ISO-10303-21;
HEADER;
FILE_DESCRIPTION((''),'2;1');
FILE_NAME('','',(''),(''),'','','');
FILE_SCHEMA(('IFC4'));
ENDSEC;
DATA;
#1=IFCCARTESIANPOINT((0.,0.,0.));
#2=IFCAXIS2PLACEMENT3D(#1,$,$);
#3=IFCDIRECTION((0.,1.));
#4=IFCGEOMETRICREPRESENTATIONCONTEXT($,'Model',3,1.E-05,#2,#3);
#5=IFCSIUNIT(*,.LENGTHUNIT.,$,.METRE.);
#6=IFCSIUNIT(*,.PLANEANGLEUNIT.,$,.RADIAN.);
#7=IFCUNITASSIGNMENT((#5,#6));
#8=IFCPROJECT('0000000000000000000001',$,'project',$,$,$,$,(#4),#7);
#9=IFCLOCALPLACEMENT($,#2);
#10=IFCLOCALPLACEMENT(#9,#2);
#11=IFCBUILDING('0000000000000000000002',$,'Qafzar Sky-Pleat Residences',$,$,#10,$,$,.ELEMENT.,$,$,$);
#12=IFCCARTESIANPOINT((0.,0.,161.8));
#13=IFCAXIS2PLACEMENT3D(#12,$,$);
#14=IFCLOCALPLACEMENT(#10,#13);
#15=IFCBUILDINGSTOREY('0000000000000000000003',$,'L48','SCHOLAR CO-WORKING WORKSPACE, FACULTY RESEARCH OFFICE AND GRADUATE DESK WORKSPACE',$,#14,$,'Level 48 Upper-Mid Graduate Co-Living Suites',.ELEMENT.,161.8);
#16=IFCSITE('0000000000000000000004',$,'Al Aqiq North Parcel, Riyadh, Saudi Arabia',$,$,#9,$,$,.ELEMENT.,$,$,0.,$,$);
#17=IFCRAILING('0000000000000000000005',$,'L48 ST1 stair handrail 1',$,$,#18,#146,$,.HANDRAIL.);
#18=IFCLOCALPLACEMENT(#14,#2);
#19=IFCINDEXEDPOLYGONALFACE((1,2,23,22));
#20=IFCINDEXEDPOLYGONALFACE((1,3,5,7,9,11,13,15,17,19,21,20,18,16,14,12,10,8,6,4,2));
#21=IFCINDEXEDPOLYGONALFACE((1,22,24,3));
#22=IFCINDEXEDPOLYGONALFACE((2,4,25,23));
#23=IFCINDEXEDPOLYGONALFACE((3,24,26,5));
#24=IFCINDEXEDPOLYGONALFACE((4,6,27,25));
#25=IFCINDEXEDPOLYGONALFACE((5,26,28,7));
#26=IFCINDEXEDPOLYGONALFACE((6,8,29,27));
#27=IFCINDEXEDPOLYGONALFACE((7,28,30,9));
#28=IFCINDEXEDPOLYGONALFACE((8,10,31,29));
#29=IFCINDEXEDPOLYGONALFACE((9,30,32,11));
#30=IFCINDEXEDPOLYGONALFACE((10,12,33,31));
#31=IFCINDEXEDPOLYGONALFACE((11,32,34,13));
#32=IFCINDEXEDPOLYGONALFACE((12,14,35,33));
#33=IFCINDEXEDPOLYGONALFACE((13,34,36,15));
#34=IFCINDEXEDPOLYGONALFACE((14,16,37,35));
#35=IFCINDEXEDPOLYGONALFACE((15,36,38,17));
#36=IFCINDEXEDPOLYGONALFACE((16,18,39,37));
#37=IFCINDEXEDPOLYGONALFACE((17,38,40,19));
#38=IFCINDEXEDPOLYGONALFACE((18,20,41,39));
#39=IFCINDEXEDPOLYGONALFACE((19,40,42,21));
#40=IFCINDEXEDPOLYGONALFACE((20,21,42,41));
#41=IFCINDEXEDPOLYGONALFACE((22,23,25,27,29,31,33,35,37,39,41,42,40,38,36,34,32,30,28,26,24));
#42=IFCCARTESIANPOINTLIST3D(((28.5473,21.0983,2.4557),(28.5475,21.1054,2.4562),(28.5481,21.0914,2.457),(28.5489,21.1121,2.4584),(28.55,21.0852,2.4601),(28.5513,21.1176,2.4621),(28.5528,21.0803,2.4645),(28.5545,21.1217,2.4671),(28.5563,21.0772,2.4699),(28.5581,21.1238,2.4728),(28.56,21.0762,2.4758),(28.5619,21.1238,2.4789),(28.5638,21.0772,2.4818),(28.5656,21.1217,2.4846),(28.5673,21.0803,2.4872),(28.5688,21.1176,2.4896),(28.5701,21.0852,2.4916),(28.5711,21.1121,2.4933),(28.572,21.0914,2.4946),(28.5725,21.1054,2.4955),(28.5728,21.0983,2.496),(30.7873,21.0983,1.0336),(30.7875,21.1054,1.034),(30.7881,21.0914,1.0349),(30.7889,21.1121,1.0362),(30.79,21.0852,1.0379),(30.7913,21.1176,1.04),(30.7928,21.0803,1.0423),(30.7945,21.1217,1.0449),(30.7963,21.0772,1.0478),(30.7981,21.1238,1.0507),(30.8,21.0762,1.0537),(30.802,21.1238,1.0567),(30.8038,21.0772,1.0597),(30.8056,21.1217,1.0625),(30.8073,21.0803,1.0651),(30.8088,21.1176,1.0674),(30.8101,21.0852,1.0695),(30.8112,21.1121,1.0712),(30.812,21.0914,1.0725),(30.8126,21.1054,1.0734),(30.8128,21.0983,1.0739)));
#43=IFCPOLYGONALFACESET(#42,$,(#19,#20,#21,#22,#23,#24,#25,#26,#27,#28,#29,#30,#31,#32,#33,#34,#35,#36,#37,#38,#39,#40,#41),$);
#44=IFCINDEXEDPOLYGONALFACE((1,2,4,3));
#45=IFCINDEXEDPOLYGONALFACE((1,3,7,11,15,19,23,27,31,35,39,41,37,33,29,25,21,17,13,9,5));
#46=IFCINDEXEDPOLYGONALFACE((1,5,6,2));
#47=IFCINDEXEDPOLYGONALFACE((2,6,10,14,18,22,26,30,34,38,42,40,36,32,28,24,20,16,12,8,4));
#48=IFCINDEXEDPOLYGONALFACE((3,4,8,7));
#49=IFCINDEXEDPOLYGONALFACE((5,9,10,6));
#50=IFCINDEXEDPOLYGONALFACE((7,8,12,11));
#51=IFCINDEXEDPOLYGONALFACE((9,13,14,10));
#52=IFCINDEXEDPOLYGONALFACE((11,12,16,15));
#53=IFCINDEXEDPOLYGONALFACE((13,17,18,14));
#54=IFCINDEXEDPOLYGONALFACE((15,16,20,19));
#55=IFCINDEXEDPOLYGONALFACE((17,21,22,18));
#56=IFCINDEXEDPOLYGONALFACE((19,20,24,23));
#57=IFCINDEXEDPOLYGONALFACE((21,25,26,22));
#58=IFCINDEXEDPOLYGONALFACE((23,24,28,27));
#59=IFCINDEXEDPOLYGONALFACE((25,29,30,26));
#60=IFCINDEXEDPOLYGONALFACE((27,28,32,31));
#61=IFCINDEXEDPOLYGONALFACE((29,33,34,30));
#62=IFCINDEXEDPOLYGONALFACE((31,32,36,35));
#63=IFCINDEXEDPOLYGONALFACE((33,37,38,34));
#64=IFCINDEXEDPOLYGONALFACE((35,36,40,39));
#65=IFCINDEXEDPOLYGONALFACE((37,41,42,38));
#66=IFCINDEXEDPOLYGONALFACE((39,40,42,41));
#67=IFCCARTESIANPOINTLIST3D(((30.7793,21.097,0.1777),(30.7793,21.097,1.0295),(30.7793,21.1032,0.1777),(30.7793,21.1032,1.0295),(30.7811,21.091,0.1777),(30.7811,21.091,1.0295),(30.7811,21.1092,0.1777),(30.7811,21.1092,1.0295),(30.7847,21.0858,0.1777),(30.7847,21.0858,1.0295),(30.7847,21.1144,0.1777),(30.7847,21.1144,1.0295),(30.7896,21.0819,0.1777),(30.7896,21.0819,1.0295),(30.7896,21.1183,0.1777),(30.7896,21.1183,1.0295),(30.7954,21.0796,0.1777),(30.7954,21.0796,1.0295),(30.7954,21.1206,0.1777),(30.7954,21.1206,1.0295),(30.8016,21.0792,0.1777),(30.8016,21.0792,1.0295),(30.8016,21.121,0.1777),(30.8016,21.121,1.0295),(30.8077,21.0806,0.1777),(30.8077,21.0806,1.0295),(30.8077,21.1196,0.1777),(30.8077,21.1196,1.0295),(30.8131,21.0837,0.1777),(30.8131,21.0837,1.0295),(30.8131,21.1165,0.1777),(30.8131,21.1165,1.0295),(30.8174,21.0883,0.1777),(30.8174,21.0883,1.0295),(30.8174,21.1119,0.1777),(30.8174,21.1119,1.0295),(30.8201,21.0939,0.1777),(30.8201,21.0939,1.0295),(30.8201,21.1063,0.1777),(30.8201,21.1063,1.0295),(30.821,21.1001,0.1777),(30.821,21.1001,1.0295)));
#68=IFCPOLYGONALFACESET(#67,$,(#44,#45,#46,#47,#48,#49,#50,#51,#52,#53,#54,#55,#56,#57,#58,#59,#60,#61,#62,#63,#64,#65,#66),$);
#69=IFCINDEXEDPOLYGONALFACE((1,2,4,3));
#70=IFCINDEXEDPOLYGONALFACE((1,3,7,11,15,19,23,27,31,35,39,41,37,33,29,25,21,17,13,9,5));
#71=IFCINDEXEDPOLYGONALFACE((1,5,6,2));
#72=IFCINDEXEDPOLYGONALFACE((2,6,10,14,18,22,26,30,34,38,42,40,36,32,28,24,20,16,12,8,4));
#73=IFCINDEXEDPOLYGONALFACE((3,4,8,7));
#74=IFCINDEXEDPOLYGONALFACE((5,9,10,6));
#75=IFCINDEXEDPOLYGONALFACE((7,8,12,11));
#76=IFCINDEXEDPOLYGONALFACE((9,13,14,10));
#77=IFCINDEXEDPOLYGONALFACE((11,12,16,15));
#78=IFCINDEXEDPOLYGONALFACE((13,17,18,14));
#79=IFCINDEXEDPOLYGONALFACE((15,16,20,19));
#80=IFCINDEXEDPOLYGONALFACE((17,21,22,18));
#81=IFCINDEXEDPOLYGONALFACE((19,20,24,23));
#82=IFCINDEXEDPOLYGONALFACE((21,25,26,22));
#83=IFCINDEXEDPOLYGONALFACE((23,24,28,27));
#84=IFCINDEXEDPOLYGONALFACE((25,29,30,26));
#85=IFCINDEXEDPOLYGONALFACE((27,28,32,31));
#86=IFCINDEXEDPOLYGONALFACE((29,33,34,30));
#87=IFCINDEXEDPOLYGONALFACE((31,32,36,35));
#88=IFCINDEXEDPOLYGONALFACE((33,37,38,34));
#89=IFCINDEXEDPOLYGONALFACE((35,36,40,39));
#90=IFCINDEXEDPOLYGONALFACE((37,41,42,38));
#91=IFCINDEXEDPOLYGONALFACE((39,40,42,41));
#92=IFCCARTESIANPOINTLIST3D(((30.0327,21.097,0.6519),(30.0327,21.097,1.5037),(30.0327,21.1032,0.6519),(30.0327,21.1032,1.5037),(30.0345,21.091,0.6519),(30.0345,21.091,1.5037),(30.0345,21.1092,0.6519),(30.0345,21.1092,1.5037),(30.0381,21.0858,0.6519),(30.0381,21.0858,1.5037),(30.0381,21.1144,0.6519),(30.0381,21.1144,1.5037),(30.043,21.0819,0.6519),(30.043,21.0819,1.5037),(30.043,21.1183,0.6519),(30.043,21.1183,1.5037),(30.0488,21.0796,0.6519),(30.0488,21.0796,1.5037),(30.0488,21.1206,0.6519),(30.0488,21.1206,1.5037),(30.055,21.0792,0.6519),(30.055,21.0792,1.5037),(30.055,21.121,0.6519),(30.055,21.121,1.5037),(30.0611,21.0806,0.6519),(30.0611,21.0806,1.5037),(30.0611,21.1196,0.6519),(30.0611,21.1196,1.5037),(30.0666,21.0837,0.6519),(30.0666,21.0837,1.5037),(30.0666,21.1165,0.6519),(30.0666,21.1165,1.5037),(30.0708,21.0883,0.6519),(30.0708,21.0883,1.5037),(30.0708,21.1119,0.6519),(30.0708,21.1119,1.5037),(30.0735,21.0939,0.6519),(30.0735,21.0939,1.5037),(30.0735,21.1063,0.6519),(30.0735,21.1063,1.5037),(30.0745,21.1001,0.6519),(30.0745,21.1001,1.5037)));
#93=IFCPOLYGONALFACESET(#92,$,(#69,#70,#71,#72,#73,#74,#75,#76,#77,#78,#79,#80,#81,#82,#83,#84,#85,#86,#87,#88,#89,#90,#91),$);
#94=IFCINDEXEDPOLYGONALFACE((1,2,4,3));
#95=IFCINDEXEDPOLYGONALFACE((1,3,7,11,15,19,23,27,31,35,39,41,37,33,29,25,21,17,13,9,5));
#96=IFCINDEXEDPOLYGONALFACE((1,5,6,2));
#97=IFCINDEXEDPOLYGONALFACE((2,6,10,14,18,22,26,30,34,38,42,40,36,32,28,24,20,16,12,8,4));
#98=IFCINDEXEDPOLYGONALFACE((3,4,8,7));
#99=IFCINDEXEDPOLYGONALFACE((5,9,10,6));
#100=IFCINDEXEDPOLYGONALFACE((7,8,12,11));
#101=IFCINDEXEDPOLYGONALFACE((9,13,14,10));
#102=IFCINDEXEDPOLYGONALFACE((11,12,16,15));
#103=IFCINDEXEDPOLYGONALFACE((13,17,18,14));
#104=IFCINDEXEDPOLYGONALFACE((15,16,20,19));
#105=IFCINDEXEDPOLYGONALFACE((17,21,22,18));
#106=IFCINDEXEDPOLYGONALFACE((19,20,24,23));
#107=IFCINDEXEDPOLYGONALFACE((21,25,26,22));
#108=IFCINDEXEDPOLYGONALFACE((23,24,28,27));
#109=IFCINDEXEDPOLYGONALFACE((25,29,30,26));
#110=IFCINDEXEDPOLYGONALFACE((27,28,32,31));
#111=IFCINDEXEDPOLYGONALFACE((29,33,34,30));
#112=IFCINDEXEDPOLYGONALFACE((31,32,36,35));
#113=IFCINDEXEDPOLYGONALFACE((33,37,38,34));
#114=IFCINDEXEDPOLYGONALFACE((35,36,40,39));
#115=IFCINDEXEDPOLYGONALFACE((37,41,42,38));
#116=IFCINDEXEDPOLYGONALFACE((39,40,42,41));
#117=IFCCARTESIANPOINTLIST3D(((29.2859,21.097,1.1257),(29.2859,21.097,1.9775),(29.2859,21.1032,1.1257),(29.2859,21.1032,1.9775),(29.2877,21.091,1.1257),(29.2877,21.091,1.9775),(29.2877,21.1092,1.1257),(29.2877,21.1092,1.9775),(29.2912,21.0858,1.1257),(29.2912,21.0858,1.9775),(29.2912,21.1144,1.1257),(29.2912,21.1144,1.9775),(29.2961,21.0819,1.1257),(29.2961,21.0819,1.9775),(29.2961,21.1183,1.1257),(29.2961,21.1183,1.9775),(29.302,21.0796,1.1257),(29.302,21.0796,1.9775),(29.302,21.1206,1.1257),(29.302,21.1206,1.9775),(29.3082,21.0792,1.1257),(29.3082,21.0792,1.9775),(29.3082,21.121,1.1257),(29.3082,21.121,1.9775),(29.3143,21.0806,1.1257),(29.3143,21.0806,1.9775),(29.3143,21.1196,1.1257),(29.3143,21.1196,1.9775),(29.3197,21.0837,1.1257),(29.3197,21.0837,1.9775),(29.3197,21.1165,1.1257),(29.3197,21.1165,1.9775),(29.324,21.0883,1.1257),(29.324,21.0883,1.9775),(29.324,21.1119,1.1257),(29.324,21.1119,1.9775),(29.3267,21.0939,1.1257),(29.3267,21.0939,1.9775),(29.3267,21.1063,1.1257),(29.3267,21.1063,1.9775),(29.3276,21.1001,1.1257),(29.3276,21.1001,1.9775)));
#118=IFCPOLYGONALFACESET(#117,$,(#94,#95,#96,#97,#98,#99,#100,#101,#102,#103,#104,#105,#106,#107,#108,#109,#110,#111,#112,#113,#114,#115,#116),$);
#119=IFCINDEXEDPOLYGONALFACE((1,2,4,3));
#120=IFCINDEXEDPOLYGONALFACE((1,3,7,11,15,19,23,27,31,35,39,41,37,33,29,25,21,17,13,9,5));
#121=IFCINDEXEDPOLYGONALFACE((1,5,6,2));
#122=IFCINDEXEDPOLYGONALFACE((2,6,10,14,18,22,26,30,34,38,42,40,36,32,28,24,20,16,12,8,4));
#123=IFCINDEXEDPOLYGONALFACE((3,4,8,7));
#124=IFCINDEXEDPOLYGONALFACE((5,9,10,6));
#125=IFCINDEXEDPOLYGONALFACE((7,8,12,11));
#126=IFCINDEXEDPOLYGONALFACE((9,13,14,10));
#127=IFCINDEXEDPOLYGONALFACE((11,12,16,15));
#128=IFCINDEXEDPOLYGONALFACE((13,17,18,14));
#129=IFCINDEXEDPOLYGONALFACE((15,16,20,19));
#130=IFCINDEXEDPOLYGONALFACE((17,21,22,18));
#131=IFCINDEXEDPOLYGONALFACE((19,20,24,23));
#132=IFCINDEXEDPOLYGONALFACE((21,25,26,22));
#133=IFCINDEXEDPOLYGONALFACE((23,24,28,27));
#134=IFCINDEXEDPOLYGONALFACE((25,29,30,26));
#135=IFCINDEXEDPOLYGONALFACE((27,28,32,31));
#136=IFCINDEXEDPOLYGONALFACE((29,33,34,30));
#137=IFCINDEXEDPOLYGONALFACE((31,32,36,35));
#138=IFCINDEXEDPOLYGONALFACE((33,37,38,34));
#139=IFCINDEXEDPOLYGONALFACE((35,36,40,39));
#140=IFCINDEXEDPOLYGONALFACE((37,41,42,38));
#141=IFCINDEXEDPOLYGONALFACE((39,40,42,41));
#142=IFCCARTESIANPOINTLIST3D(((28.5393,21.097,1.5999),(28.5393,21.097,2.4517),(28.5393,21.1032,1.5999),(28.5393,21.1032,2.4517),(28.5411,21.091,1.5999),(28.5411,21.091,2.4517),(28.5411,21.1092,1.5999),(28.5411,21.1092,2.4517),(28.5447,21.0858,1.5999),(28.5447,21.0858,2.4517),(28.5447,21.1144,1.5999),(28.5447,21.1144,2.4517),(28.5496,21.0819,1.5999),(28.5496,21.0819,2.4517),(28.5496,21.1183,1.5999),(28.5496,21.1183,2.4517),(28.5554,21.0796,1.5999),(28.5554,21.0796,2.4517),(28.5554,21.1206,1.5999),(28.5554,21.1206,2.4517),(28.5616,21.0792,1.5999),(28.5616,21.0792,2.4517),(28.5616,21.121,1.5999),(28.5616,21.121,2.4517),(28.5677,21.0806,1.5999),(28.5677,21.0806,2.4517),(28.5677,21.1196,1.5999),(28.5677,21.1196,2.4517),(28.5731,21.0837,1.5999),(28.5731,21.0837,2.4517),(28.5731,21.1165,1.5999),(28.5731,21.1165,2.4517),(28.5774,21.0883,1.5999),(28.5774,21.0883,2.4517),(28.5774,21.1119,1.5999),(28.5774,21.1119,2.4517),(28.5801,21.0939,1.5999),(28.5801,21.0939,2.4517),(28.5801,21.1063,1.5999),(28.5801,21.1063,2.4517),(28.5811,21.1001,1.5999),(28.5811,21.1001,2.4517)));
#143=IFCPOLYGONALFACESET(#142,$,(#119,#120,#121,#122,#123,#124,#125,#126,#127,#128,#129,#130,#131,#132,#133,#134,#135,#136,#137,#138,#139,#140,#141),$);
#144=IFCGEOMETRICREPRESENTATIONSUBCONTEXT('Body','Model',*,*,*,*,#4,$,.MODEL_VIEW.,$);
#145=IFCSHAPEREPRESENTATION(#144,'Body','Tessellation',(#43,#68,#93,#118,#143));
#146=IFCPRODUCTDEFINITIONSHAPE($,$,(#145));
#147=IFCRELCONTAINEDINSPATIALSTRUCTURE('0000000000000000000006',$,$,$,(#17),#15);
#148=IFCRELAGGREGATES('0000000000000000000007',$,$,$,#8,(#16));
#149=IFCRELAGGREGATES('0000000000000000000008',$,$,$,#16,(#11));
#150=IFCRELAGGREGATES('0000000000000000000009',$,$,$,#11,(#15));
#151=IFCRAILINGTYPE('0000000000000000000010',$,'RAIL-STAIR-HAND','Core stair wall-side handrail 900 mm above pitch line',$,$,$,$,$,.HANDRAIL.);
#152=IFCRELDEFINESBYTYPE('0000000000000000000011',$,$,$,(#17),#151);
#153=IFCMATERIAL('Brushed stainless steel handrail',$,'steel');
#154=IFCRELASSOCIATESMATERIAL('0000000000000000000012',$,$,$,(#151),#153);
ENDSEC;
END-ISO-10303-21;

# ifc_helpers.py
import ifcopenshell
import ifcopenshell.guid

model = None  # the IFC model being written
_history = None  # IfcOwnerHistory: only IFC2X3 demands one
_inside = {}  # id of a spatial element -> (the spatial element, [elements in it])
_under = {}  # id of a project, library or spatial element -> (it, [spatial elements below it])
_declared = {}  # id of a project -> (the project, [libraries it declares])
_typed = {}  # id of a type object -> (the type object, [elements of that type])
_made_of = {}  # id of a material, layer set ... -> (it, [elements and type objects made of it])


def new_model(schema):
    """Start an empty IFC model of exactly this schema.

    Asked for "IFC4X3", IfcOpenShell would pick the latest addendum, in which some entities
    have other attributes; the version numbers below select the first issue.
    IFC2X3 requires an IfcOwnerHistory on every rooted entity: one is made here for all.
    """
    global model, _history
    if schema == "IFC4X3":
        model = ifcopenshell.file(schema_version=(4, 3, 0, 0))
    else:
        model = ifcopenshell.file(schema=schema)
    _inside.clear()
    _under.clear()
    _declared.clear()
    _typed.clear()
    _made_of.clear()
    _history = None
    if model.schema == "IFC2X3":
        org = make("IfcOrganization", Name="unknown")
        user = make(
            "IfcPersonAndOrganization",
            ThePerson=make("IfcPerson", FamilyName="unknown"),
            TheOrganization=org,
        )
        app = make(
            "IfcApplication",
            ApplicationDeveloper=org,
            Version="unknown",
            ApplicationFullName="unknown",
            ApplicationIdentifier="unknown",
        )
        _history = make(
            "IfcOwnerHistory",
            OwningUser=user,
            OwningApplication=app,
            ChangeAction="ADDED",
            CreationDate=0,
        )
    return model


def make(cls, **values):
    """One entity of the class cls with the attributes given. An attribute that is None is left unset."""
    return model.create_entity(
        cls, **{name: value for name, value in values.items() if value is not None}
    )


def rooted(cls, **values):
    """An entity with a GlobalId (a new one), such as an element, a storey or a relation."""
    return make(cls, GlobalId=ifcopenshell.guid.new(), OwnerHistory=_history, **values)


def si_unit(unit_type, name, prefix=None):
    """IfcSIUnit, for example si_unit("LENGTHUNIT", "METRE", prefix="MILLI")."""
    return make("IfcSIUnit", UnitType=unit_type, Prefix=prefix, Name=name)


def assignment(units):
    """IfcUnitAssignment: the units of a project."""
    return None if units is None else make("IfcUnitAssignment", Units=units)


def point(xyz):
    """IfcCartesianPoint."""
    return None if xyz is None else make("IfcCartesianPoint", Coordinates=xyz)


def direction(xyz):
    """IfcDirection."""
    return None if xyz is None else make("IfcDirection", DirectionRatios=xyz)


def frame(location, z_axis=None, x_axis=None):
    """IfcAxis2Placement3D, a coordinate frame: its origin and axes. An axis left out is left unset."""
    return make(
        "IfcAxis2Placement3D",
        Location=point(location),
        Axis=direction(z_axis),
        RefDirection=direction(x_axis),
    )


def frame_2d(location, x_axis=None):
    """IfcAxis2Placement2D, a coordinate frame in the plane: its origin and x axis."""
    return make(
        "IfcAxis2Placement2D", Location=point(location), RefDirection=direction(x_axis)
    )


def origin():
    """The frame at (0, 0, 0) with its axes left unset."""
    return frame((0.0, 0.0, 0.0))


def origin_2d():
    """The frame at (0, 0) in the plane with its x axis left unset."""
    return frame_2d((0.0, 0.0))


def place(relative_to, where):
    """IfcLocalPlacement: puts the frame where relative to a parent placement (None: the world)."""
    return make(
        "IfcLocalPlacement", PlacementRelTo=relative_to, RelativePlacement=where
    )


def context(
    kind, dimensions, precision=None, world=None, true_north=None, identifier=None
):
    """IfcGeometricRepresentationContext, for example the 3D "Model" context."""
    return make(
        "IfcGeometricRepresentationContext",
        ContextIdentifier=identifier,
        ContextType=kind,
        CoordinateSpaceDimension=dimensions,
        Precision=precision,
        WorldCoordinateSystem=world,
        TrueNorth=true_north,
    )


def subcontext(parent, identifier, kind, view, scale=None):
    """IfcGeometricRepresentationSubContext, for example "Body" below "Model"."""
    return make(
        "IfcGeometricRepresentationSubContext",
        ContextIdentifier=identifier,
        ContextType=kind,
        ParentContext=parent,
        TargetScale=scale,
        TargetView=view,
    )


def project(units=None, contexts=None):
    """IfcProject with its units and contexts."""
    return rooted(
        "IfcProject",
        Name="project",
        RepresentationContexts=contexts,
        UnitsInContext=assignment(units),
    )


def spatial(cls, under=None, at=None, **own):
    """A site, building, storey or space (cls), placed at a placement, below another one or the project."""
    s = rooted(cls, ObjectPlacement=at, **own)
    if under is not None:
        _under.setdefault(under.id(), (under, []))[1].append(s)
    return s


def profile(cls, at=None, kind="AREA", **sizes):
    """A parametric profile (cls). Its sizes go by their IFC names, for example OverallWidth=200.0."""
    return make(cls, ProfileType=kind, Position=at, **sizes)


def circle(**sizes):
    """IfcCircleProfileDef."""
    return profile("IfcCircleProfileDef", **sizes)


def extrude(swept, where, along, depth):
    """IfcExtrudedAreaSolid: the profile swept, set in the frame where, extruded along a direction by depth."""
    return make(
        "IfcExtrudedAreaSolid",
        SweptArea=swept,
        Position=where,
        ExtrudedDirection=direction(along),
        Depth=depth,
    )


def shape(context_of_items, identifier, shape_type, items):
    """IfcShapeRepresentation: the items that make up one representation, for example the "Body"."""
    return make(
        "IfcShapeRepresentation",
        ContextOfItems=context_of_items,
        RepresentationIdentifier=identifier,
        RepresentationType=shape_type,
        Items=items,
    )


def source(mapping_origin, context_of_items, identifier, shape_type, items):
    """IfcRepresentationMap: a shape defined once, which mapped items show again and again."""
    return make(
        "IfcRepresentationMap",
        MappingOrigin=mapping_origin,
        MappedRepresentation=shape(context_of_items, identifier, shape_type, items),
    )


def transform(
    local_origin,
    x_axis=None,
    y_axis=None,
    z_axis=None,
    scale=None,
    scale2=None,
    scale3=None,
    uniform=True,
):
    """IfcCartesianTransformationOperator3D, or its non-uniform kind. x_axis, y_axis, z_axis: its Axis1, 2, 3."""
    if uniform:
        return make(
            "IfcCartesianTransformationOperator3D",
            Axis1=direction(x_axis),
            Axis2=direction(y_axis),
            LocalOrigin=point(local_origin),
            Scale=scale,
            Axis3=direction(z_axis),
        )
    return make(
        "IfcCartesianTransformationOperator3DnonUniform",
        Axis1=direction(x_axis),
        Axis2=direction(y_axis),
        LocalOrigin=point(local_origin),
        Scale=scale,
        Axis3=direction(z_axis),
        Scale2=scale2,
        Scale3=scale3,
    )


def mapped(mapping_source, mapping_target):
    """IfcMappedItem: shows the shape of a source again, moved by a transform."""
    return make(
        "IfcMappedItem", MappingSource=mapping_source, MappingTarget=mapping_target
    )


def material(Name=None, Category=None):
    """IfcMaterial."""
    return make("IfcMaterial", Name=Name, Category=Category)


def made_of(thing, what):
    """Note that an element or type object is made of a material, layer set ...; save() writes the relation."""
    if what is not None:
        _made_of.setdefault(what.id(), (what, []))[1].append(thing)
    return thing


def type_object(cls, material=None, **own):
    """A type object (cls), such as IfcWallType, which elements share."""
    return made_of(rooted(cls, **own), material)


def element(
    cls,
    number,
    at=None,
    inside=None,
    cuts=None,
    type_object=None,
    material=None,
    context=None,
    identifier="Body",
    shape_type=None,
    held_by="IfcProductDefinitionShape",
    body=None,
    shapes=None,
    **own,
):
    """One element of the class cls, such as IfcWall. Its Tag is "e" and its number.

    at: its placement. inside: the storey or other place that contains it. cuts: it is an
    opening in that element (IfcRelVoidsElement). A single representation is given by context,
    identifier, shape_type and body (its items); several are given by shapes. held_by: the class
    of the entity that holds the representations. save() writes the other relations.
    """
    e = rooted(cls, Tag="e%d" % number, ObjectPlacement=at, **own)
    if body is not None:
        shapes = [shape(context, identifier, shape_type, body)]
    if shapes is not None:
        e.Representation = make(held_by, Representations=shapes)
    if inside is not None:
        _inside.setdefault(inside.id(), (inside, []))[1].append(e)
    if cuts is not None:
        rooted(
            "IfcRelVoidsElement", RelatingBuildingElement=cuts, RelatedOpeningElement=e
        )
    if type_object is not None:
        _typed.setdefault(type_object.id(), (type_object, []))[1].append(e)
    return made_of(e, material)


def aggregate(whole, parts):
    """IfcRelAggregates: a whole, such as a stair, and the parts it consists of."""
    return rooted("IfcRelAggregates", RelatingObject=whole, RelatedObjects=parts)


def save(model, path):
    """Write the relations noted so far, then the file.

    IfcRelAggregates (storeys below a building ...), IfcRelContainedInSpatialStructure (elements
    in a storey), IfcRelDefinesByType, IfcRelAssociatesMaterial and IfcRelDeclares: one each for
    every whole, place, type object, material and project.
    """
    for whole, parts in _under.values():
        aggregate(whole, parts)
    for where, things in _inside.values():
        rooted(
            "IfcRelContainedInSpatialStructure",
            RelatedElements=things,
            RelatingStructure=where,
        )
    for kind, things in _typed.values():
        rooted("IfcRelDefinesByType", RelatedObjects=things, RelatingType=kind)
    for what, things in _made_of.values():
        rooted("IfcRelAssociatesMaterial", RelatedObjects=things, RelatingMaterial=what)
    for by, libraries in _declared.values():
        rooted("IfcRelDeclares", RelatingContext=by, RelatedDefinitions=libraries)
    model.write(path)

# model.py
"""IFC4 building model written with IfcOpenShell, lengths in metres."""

from ifc_helpers import new_model, si_unit, direction, frame, origin, origin_2d, place, context, subcontext, project, spatial, circle, extrude, source, transform, mapped, material, type_object, element, save


model = new_model("IFC4")

# Units and contexts
model_context = context("Model", 3, precision=1e-05, world=origin(), true_north=direction((0.0, 1.0)))
body_context = subcontext(model_context, "Body", "Model", "MODEL_VIEW")
ifc_project = project(units=[si_unit("LENGTHUNIT", "METRE"), si_unit("PLANEANGLEUNIT", "RADIAN")], contexts=[model_context])

# Site, building, storey
site_placement = place(None, origin())
site = spatial("IfcSite", under=ifc_project, at=site_placement, Name="Al Aqiq North Parcel, Riyadh, Saudi Arabia", CompositionType="ELEMENT", RefElevation=0.0)
building_placement = place(site_placement, origin())
building = spatial("IfcBuilding", under=site, at=building_placement, Name="Qafzar Sky-Pleat Residences", CompositionType="ELEMENT")
storey_placement = place(building_placement, frame((0.0, 0.0, 161.8)))
storey = spatial("IfcBuildingStorey", under=building, at=storey_placement, Name="L48", Description="SCHOLAR CO-WORKING WORKSPACE, FACULTY RESEARCH OFFICE AND GRADUATE DESK WORKSPACE", LongName="Level 48 Upper-Mid Graduate Co-Living Suites", CompositionType="ELEMENT", Elevation=161.8)

# Railing
ifc_material_1 = material(Name="Brushed stainless steel handrail", Category="steel")
railing_type_1 = type_object("IfcRailingType", Name="RAIL-STAIR-HAND", Description="Core stair wall-side handrail 900 mm above pitch line", PredefinedType="HANDRAIL", material=ifc_material_1)
shared_shape_1 = source(origin(), body_context, "Body", "SweptSolid", [
    extrude(circle(Radius=0.0239, at=origin_2d()), frame((0.0, 0.0, 0.876), z_axis=(-0.844229, 0.0, 0.535982), x_axis=(0.0, -1.0, 0.0)), (0.0, 0.0, 1.0), 2.6533),
    extrude(circle(Radius=0.021, at=origin_2d()), origin(), (0.0, 0.0, 1.0), 0.8518),
    extrude(circle(Radius=0.021, at=origin_2d()), frame((-0.7466, 0.0, 0.4741)), (0.0, 0.0, 1.0), 0.8518),
    extrude(circle(Radius=0.021, at=origin_2d()), frame((-1.4934, 0.0, 0.948)), (0.0, 0.0, 1.0), 0.8518),
    extrude(circle(Radius=0.021, at=origin_2d()), frame((-2.24, 0.0, 1.4221)), (0.0, 0.0, 1.0), 0.8518),
])
railing_1_placement = place(storey_placement, frame((30.8, 21.1001, 0.1777)))
element("IfcRailing", 1, at=railing_1_placement, inside=storey, type_object=railing_type_1, Name="L48 ST1 stair handrail 1", PredefinedType="HANDRAIL", context=body_context, shape_type="MappedRepresentation", body=[
    mapped(shared_shape_1, transform((0.0, 0.0, 0.0), x_axis=(1.0, 0.0, 0.0), y_axis=(0.0, 1.0, 0.0), z_axis=(0.0, 0.0, 1.0), scale=1.0)),
])

save(model, "model.ifc")
